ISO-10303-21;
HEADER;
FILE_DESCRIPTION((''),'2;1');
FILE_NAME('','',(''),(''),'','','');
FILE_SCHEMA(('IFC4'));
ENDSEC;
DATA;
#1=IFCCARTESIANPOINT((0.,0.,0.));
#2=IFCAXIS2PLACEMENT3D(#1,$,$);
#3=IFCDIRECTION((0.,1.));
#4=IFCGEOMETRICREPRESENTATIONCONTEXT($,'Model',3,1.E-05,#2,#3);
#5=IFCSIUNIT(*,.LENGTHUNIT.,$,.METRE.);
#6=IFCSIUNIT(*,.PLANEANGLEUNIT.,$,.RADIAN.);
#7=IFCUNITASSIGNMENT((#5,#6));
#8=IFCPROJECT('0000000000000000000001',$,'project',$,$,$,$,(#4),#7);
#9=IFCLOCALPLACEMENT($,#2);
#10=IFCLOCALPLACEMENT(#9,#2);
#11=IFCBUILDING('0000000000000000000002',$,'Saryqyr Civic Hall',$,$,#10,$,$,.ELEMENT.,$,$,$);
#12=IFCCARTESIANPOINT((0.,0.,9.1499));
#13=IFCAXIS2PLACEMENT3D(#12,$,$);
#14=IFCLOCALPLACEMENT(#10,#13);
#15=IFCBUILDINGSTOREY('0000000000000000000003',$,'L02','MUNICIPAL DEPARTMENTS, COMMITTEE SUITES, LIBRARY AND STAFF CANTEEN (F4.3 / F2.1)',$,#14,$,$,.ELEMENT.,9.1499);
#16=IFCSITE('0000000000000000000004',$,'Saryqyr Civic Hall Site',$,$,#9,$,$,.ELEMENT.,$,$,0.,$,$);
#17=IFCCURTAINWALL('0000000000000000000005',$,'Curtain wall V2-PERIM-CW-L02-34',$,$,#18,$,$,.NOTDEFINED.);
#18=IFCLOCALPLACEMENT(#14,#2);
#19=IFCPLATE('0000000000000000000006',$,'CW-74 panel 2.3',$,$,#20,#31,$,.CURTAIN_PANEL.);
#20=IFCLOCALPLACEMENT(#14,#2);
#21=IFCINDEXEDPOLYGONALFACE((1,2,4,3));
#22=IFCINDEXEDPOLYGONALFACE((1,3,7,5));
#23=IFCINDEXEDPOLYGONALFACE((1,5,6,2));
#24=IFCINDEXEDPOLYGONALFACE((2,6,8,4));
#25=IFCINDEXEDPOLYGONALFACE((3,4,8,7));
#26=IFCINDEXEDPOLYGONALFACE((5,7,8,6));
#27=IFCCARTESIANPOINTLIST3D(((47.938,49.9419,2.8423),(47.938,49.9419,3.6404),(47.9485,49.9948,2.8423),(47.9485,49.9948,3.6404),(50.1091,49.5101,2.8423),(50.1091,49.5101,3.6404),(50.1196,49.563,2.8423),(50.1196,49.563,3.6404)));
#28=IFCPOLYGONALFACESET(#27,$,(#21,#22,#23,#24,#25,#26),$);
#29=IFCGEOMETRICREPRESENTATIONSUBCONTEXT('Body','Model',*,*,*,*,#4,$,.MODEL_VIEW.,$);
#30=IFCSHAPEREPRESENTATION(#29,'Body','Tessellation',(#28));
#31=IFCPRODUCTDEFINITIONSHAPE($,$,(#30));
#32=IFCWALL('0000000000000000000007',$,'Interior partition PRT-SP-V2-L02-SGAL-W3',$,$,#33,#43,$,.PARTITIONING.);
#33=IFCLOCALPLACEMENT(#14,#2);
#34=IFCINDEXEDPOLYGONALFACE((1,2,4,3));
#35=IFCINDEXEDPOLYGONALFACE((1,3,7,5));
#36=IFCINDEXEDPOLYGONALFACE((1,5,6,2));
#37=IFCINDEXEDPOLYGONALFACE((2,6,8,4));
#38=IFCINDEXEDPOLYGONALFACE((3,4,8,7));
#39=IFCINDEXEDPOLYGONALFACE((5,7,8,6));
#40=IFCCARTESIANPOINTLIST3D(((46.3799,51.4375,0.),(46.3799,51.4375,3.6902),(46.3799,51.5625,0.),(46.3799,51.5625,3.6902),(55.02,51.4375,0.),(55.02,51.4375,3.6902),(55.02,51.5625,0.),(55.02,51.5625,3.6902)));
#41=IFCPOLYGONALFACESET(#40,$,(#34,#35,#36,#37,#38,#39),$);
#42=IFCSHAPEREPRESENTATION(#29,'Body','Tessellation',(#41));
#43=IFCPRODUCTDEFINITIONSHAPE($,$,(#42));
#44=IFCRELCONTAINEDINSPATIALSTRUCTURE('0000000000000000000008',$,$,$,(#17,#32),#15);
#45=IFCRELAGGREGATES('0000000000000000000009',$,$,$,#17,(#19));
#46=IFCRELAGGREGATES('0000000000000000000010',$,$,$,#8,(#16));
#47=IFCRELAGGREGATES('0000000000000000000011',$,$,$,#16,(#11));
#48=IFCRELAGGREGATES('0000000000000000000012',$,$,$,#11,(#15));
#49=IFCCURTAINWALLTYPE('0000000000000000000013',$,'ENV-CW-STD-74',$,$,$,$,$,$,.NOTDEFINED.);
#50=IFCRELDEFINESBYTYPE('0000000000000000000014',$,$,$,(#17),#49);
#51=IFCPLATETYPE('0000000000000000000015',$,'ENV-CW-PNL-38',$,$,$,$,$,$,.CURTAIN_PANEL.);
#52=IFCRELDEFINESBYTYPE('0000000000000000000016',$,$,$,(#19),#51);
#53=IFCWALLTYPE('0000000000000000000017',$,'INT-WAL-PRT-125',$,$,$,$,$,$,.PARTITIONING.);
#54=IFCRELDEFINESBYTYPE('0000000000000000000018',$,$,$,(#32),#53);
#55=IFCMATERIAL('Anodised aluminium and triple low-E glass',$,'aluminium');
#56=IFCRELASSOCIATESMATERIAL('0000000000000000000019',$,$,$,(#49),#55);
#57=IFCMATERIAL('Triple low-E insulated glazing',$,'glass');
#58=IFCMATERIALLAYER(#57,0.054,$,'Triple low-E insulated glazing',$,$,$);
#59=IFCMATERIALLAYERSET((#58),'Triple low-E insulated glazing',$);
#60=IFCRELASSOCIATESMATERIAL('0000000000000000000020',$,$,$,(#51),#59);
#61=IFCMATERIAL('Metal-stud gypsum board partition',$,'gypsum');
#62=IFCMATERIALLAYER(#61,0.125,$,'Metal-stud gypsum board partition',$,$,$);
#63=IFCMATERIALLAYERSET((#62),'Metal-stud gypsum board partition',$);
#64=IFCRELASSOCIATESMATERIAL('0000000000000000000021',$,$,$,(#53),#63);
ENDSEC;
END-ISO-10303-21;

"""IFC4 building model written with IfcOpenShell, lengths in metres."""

from ifc_helpers import new_model, si_unit, direction, frame, frame_2d, origin, origin_2d, place, context, subcontext, project, spatial, rectangle, extrude, material, layer, layer_set, type_object, element, aggregate, save


model = new_model("IFC4")

# Units and contexts
model_context = context("Model", 3, precision=1e-05, world=origin(), true_north=direction((0.0, 1.0)))
body_context = subcontext(model_context, "Body", "Model", "MODEL_VIEW")
ifc_project = project(units=[si_unit("LENGTHUNIT", "METRE"), si_unit("PLANEANGLEUNIT", "RADIAN")], contexts=[model_context])

# Site, building, storey
site_placement = place(None, origin())
site = spatial("IfcSite", under=ifc_project, at=site_placement, Name="Saryqyr Civic Hall Site", CompositionType="ELEMENT", RefElevation=0.0)
building_placement = place(site_placement, origin())
building = spatial("IfcBuilding", under=site, at=building_placement, Name="Saryqyr Civic Hall", CompositionType="ELEMENT")
storey_placement = place(building_placement, frame((0.0, 0.0, 9.1499)))
storey = spatial("IfcBuildingStorey", under=building, at=storey_placement, Name="L02", Description="MUNICIPAL DEPARTMENTS, COMMITTEE SUITES, LIBRARY AND STAFF CANTEEN (F4.3 / F2.1)", CompositionType="ELEMENT", Elevation=9.1499)

# Shared definitions
ifc_material_1 = material(Name="Anodised aluminium and triple low-E glass", Category="aluminium")
curtain_wall_type_1 = type_object("IfcCurtainWallType", Name="ENV-CW-STD-74", PredefinedType="NOTDEFINED", material=ifc_material_1)

# Curtain wall
curtain_wall_1_placement = place(storey_placement, origin())
curtain_wall_1 = element("IfcCurtainWall", 1, at=curtain_wall_1_placement, inside=storey, type_object=curtain_wall_type_1, Name="Curtain wall V2-PERIM-CW-L02-34", PredefinedType="NOTDEFINED")

# Plate
ifc_material_2 = material(Name="Triple low-E insulated glazing", Category="glass")
ifc_layer_1 = layer(ifc_material_2, 0.054, Name="Triple low-E insulated glazing")
ifc_layer_set_1 = layer_set([ifc_layer_1], Name="Triple low-E insulated glazing")
plate_type = type_object("IfcPlateType", Name="ENV-CW-PNL-38", PredefinedType="CURTAIN_PANEL", material=ifc_layer_set_1)
plate_1_placement = place(storey_placement, frame((49.0288, 49.7524, 2.8423), z_axis=(0.0, 0.0, 1.0), x_axis=(-0.980785, 0.195093, 0.0)))
plate_1 = element("IfcPlate", 2, at=plate_1_placement, type_object=plate_type, Name="CW-74 panel 2.3", PredefinedType="CURTAIN_PANEL", context=body_context, shape_type="SweptSolid", body=[
    extrude(rectangle(XDim=2.2136, YDim=0.054, at=origin_2d()), origin(), (0.0, 0.0, 1.0), 0.7981),
])
aggregate(curtain_wall_1, [plate_1])

# Wall
ifc_material_3 = material(Name="Metal-stud gypsum board partition", Category="gypsum")
ifc_layer_2 = layer(ifc_material_3, 0.125, Name="Metal-stud gypsum board partition")
ifc_layer_set_2 = layer_set([ifc_layer_2], Name="Metal-stud gypsum board partition")
wall_type = type_object("IfcWallType", Name="INT-WAL-PRT-125", PredefinedType="PARTITIONING", material=ifc_layer_set_2)
wall_placement = place(storey_placement, frame((46.3799, 51.5, 0.0), z_axis=(0.0, 0.0, 1.0), x_axis=(1.0, 0.0, 0.0)))
element("IfcWall", 3, at=wall_placement, inside=storey, type_object=wall_type, Name="Interior partition PRT-SP-V2-L02-SGAL-W3", PredefinedType="PARTITIONING", context=body_context, shape_type="SweptSolid", body=[
    extrude(rectangle(XDim=8.6401, YDim=0.125, at=frame_2d((4.3201, 0.0))), origin(), (0.0, 0.0, 1.0), 3.6902),
])

save(model, "model.ifc")
